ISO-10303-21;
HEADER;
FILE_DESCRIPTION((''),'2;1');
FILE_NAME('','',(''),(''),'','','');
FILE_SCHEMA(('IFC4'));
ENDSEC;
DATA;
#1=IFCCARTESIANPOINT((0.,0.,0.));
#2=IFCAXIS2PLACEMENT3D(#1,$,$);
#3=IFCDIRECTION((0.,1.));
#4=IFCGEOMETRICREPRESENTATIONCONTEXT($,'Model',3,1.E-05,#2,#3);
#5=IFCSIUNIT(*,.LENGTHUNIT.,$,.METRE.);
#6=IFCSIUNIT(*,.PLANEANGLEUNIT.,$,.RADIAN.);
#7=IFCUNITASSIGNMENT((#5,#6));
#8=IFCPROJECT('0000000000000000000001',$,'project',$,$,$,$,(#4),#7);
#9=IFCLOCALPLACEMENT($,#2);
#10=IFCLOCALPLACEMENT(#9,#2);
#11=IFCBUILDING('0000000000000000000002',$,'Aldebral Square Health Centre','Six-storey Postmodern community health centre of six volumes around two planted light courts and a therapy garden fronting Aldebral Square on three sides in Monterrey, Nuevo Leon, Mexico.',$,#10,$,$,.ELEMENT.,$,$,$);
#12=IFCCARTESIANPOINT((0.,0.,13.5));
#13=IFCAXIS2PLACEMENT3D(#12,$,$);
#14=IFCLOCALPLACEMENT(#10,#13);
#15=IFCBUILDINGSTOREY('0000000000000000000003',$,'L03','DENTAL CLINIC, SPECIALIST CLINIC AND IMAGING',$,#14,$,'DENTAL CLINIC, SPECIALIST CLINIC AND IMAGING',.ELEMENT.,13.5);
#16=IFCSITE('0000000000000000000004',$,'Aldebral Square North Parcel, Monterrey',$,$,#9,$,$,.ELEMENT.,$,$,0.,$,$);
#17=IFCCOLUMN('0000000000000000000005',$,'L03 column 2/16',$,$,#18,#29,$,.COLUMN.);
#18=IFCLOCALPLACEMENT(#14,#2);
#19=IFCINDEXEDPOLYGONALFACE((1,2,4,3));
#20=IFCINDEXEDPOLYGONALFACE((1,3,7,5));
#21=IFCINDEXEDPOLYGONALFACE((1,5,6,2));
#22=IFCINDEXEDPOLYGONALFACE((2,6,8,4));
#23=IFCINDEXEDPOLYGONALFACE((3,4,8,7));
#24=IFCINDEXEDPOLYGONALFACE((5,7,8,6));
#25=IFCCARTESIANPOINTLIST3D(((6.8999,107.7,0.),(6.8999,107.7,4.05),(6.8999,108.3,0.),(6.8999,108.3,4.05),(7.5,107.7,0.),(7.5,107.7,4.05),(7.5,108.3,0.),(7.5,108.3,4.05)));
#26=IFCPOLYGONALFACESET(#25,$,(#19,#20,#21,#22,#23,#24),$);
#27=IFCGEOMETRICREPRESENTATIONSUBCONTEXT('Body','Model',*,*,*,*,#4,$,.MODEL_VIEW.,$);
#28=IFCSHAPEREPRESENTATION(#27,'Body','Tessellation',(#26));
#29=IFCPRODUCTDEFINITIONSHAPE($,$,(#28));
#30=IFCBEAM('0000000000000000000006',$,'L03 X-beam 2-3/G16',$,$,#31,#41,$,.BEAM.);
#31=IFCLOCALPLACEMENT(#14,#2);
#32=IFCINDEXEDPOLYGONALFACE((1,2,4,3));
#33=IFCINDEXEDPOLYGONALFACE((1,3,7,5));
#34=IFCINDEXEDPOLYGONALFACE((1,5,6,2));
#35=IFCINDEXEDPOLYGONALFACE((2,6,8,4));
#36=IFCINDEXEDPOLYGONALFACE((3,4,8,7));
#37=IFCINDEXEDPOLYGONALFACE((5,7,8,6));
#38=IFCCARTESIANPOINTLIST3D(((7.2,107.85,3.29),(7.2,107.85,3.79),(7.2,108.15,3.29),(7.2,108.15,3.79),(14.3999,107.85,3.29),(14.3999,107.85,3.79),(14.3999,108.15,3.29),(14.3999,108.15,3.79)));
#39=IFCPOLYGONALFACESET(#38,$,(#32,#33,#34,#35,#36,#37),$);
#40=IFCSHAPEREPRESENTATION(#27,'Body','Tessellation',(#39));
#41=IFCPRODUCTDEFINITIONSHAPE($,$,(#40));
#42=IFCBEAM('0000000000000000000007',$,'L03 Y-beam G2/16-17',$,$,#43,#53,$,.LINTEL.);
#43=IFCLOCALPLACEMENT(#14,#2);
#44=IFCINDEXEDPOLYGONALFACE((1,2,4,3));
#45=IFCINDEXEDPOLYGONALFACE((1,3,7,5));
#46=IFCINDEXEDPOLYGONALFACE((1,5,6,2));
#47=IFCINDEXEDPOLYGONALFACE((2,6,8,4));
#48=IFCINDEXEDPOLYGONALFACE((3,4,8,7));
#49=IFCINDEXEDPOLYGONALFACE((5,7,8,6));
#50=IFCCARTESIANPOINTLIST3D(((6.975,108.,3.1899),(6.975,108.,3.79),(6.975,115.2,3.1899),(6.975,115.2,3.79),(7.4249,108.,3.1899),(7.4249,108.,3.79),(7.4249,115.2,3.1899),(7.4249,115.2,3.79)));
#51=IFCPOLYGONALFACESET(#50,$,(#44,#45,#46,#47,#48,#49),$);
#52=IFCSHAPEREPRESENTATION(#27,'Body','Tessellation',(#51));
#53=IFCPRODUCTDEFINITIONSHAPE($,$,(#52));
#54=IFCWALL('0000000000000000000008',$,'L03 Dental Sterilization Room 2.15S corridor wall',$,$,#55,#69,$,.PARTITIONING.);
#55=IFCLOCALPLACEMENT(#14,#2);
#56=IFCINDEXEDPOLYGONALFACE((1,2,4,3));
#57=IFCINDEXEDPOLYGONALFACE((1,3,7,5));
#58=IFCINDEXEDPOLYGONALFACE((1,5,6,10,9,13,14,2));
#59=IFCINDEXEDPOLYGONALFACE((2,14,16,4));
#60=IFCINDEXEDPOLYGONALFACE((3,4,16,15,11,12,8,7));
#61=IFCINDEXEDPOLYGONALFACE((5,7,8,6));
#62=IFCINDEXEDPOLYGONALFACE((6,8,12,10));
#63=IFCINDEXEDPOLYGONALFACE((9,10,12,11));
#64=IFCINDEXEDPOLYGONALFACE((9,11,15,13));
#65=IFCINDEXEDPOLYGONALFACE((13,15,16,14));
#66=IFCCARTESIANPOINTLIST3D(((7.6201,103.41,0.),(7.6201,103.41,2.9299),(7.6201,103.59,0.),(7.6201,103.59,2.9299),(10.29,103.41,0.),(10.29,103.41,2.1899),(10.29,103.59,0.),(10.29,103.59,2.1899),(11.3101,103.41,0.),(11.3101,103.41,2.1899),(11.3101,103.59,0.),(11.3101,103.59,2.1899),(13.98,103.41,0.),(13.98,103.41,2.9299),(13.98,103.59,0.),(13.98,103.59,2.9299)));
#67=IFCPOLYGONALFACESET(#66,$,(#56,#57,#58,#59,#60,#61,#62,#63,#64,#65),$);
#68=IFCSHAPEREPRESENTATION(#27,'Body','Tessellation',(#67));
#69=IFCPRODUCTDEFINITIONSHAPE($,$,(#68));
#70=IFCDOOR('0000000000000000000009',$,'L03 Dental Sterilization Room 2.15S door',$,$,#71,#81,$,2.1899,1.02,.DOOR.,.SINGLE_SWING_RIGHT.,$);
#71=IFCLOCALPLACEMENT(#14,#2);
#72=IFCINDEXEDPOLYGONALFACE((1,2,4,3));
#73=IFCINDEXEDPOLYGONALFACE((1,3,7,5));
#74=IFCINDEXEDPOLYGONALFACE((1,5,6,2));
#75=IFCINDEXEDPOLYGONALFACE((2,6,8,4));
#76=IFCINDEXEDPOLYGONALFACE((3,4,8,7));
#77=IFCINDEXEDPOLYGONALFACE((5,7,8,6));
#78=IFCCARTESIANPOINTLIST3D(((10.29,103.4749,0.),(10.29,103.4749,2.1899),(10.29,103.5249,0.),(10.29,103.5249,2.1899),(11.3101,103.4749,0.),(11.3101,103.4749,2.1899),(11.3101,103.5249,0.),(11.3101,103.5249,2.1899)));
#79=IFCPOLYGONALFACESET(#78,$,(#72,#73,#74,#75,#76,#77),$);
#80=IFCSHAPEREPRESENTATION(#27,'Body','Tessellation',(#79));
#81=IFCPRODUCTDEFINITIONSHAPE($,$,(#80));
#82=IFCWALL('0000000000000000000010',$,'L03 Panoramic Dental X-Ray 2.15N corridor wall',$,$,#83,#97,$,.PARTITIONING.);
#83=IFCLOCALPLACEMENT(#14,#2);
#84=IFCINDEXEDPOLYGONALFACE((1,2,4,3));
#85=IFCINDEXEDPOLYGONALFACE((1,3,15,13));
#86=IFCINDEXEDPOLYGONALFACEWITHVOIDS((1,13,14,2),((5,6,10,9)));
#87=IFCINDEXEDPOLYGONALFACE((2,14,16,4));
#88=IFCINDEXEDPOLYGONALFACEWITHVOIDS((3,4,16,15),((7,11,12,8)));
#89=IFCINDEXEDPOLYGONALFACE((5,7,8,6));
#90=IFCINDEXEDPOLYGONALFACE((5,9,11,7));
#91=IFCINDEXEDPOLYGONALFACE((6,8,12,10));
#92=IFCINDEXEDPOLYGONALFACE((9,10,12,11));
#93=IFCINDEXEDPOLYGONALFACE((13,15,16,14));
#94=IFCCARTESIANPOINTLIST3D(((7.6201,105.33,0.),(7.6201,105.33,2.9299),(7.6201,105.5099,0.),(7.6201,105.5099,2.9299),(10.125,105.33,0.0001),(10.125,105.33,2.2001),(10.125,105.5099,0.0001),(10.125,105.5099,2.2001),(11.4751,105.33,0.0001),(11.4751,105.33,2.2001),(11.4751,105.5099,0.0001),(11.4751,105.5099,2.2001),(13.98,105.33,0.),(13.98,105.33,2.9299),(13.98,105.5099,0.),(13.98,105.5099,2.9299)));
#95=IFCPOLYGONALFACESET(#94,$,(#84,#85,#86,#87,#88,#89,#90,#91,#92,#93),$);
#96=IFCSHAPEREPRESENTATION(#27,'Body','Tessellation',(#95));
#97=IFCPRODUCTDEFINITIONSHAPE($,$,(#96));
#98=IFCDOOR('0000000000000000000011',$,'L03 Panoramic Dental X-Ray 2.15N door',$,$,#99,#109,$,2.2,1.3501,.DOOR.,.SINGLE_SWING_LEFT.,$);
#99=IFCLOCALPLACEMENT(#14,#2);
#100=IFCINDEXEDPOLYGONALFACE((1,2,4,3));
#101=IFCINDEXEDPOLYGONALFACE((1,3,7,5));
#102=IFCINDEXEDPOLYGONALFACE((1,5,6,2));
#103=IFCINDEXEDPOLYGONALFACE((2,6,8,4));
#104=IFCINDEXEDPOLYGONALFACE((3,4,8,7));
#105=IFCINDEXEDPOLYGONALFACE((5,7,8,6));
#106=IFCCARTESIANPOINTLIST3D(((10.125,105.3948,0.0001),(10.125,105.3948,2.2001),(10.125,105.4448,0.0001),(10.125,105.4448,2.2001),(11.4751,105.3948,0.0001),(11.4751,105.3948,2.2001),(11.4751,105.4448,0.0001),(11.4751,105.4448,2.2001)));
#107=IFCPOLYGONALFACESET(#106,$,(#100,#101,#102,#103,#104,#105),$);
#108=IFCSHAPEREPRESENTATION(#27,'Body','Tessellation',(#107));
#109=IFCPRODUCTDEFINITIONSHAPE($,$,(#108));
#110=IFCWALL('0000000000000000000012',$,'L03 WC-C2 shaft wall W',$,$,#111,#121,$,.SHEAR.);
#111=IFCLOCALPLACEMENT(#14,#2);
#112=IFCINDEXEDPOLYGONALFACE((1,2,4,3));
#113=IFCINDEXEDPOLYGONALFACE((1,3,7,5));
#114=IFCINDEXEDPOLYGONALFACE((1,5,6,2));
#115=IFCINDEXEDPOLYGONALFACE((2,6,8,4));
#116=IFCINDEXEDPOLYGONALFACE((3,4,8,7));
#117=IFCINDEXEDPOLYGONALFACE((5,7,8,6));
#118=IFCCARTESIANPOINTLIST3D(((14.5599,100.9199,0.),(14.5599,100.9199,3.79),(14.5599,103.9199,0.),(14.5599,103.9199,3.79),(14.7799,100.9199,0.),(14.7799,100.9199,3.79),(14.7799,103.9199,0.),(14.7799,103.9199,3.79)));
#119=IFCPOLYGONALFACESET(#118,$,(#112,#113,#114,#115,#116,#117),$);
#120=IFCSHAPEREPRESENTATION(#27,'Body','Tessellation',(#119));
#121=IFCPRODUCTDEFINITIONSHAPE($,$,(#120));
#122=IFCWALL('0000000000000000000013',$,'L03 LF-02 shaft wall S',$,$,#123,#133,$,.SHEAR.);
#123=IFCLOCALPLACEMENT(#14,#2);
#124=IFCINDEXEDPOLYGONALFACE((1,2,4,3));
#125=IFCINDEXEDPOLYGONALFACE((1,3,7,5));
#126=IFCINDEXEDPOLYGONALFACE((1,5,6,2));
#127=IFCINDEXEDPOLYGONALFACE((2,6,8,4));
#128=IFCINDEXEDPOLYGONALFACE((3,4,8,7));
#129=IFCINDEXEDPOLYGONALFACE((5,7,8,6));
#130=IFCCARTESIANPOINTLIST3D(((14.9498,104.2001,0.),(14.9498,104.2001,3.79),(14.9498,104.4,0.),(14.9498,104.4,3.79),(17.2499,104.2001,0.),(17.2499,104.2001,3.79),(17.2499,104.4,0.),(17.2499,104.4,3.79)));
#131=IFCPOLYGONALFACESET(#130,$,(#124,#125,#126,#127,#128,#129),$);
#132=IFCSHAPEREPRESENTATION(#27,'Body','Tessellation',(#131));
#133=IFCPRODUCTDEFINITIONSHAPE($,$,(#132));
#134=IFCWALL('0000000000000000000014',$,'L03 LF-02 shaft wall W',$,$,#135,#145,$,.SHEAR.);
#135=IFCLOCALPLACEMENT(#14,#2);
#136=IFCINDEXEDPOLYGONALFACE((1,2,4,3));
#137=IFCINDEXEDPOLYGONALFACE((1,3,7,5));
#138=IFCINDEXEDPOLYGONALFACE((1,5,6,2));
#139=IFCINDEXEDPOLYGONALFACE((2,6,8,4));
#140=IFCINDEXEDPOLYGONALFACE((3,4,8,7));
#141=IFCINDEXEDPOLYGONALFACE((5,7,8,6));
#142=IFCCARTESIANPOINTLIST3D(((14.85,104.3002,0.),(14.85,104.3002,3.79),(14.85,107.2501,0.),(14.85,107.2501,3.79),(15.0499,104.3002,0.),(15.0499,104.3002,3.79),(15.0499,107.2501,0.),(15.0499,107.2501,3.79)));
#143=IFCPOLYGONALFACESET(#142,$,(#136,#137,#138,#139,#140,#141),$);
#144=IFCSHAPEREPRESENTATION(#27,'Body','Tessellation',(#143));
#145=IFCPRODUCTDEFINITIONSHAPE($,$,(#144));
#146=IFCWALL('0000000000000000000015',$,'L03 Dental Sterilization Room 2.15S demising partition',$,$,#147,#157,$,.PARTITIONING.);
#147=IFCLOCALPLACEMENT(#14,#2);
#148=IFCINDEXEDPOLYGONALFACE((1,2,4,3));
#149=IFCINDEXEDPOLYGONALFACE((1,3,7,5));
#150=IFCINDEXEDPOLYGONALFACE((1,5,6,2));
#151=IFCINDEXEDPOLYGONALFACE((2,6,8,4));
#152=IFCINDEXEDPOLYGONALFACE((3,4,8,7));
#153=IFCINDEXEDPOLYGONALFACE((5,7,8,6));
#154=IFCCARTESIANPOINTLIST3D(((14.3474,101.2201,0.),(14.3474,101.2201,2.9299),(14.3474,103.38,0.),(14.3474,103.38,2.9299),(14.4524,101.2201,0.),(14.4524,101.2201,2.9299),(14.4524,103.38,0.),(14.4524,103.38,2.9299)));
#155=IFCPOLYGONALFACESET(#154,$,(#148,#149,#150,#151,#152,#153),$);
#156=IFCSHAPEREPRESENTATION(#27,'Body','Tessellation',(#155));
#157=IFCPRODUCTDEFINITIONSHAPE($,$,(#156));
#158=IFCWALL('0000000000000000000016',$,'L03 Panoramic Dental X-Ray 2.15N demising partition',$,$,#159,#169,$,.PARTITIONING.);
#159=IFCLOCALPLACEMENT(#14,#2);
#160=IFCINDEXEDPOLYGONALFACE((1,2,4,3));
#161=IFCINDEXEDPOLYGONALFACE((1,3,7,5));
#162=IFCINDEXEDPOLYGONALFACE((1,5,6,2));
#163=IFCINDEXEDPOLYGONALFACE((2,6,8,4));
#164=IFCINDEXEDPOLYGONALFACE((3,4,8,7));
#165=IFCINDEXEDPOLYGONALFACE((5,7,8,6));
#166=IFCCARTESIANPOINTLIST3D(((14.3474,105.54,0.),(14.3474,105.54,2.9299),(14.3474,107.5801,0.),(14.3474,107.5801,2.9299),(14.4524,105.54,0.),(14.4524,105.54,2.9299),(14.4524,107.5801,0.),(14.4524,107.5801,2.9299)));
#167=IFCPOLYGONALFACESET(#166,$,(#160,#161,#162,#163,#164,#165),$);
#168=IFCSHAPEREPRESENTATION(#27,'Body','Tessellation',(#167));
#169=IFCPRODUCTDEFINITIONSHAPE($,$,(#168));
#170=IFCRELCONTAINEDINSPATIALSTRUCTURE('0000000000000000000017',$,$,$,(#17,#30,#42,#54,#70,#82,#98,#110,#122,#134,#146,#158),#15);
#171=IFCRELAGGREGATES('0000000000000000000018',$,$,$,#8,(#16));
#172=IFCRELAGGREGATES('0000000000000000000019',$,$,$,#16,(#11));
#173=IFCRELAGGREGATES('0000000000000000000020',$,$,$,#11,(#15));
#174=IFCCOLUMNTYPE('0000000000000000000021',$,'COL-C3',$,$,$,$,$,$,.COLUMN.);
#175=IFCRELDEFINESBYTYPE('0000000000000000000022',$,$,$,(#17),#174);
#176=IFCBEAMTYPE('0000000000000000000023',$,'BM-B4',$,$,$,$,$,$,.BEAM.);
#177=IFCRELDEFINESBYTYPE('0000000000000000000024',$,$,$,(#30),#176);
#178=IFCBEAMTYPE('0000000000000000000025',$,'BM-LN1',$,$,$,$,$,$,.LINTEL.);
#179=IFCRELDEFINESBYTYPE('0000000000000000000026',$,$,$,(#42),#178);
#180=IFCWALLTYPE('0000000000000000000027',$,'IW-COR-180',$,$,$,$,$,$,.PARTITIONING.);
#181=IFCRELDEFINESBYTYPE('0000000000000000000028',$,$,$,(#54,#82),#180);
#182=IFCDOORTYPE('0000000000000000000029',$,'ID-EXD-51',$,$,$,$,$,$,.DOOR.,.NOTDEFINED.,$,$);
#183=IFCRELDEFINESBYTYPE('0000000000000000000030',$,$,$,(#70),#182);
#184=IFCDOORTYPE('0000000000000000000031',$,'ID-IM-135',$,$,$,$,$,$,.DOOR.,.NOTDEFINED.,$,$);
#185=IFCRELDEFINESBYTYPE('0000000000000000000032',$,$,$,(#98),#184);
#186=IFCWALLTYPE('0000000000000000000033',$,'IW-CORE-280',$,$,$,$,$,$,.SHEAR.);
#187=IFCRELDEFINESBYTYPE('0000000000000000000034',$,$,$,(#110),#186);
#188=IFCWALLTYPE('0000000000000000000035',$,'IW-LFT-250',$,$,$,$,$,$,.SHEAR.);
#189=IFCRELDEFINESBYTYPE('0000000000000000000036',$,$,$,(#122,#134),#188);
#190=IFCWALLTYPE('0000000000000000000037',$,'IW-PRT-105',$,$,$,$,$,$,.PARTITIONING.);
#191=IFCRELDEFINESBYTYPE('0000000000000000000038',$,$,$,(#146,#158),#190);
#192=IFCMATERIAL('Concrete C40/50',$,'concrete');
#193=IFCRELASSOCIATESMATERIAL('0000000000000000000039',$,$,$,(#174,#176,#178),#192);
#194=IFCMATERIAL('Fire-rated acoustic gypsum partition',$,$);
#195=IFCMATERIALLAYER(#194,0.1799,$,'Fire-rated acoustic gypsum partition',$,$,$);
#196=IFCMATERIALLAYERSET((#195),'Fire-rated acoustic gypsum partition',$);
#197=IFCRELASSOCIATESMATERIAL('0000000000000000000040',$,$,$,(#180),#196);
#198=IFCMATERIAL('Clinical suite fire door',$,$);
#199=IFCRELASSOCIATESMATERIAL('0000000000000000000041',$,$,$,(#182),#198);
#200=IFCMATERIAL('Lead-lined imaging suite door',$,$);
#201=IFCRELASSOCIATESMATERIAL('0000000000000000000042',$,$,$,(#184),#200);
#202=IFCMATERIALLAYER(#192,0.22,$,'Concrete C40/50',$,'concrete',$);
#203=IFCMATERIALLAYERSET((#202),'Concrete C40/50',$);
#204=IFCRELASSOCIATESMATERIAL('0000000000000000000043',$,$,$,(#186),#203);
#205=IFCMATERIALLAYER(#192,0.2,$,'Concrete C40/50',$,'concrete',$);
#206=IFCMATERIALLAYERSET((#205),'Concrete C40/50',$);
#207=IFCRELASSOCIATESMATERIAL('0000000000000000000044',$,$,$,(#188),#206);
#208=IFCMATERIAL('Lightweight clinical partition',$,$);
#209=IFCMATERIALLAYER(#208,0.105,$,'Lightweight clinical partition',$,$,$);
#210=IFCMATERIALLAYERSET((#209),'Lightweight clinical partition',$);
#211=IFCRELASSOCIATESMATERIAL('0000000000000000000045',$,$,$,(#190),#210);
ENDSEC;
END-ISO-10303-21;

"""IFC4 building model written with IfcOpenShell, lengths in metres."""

from ifc_helpers import new_model, si_unit, direction, frame, frame_2d, origin, origin_2d, place, context, subcontext, project, spatial, rectangle, extrude, material, layer, layer_set, material_profile, profile_set, type_object, element, fill, save


model = new_model("IFC4")

# Units and contexts
model_context = context("Model", 3, precision=1e-05, world=origin(), true_north=direction((0.0, 1.0)))
body_context = subcontext(model_context, "Body", "Model", "MODEL_VIEW")
ifc_project = project(units=[si_unit("LENGTHUNIT", "METRE"), si_unit("PLANEANGLEUNIT", "RADIAN")], contexts=[model_context])

# Site, building, storey
site_placement = place(None, origin())
site = spatial("IfcSite", under=ifc_project, at=site_placement, Name="Aldebral Square North Parcel, Monterrey", CompositionType="ELEMENT", RefElevation=0.0)
building_placement = place(site_placement, origin())
building = spatial("IfcBuilding", under=site, at=building_placement, Name="Aldebral Square Health Centre", Description="Six-storey Postmodern community health centre of six volumes around two planted light courts and a therapy garden fronting Aldebral Square on three sides in Monterrey, Nuevo Leon, Mexico.", CompositionType="ELEMENT")
storey_placement = place(building_placement, frame((0.0, 0.0, 13.5)))
storey = spatial("IfcBuildingStorey", under=building, at=storey_placement, Name="L03", Description="DENTAL CLINIC, SPECIALIST CLINIC AND IMAGING", LongName="DENTAL CLINIC, SPECIALIST CLINIC AND IMAGING", CompositionType="ELEMENT", Elevation=13.5)

# Column
ifc_material_1 = material(Name="Concrete C40/50", Category="concrete")
ifc_material_profile_1 = material_profile(ifc_material_1, rectangle(XDim=0.6001, YDim=0.6001, at=origin_2d()), Name="RC 600x600")
ifc_profile_set_1 = profile_set([ifc_material_profile_1], Name="Concrete C40/50")
column_type = type_object("IfcColumnType", Name="COL-C3", PredefinedType="COLUMN", material=ifc_profile_set_1)
column_placement = place(storey_placement, frame((7.2, 108.0, 0.0), z_axis=(0.0, 0.0, 1.0), x_axis=(1.0, 0.0, 0.0)))
element("IfcColumn", 1, at=column_placement, inside=storey, type_object=column_type, Name="L03 column 2/16", PredefinedType="COLUMN", context=body_context, shape_type="SweptSolid", body=[
    extrude(rectangle(XDim=0.6001, YDim=0.6001, at=origin_2d()), origin(), (0.0, 0.0, 1.0), 4.05),
])

# Beams
ifc_material_profile_2 = material_profile(ifc_material_1, rectangle(XDim=0.3, YDim=0.5, at=origin_2d()), Name="RC 300x500")
ifc_profile_set_2 = profile_set([ifc_material_profile_2], Name="Concrete C40/50")
beam_type_1 = type_object("IfcBeamType", Name="BM-B4", PredefinedType="BEAM", material=ifc_profile_set_2)
beam_1_placement = place(storey_placement, frame((7.2, 108.0, 3.54), z_axis=(1.0, 0.0, 0.0), x_axis=(0.0, 1.0, 0.0)))
element("IfcBeam", 2, at=beam_1_placement, inside=storey, type_object=beam_type_1, Name="L03 X-beam 2-3/G16", PredefinedType="BEAM", context=body_context, shape_type="SweptSolid", body=[
    extrude(rectangle(XDim=0.3, YDim=0.5, at=origin_2d()), origin(), (0.0, 0.0, 1.0), 7.2),
])
ifc_material_profile_3 = material_profile(ifc_material_1, rectangle(XDim=0.45, YDim=0.6001, at=origin_2d()), Name="RC 450x600")
ifc_profile_set_3 = profile_set([ifc_material_profile_3], Name="Concrete C40/50")
beam_type_2 = type_object("IfcBeamType", Name="BM-LN1", PredefinedType="LINTEL", material=ifc_profile_set_3)
beam_2_placement = place(storey_placement, frame((7.2, 108.0, 3.49), z_axis=(0.0, 1.0, 0.0), x_axis=(-1.0, 0.0, 0.0)))
element("IfcBeam", 3, at=beam_2_placement, inside=storey, type_object=beam_type_2, Name="L03 Y-beam G2/16-17", PredefinedType="LINTEL", context=body_context, shape_type="SweptSolid", body=[
    extrude(rectangle(XDim=0.45, YDim=0.6001, at=origin_2d()), origin(), (0.0, 0.0, 1.0), 7.2),
])

# Walls, openings, doors
ifc_material_2 = material(Name="Fire-rated acoustic gypsum partition")
ifc_layer_1 = layer(ifc_material_2, 0.1799, Name="Fire-rated acoustic gypsum partition")
ifc_layer_set_1 = layer_set([ifc_layer_1], Name="Fire-rated acoustic gypsum partition")
wall_type_1 = type_object("IfcWallType", Name="IW-COR-180", PredefinedType="PARTITIONING", material=ifc_layer_set_1)
wall_1_placement = place(storey_placement, frame((7.6201, 103.5, 0.0), z_axis=(0.0, 0.0, 1.0), x_axis=(1.0, 0.0, 0.0)))
wall_1 = element("IfcWall", 4, at=wall_1_placement, inside=storey, type_object=wall_type_1, Name="L03 Dental Sterilization Room 2.15S corridor wall", PredefinedType="PARTITIONING", context=body_context, shape_type="SweptSolid", body=[
    extrude(rectangle(XDim=6.3599, YDim=0.1799, at=frame_2d((3.1799, 0.0))), origin(), (0.0, 0.0, 1.0), 2.9299),
])
opening_1_placement = place(wall_1_placement, frame((2.6699, 0.0, 0.0)))
opening_1 = element("IfcOpeningElement", 5, at=opening_1_placement, cuts=wall_1, PredefinedType="OPENING", context=body_context, shape_type="SweptSolid", body=[
    extrude(rectangle(XDim=1.02, YDim=2.1899, at=frame_2d((0.51, 1.095))), frame((0.0, 0.1001, 0.0), z_axis=(0.0, -1.0, 0.0), x_axis=(1.0, 0.0, 0.0)), (0.0, 0.0, 1.0), 0.2),
])
ifc_material_3 = material(Name="Clinical suite fire door")
door_type_1 = type_object("IfcDoorType", Name="ID-EXD-51", OperationType="NOTDEFINED", PredefinedType="DOOR", material=ifc_material_3)
door_1_placement = place(opening_1_placement, origin())
door_1 = element("IfcDoor", 6, at=door_1_placement, inside=storey, type_object=door_type_1, Name="L03 Dental Sterilization Room 2.15S door", OperationType="SINGLE_SWING_RIGHT", OverallHeight=2.1899, OverallWidth=1.02, PredefinedType="DOOR", context=body_context, shape_type="SweptSolid", body=[
    extrude(rectangle(XDim=1.02, YDim=2.1899, at=frame_2d((0.51, 1.095))), frame((0.0, 0.0249, 0.0), z_axis=(0.0, -1.0, 0.0), x_axis=(1.0, 0.0, 0.0)), (0.0, 0.0, 1.0), 0.05),
])
fill(opening_1, door_1)
wall_2_placement = place(storey_placement, frame((7.6201, 105.4199, 0.0), z_axis=(0.0, 0.0, 1.0), x_axis=(1.0, 0.0, 0.0)))
wall_2 = element("IfcWall", 7, at=wall_2_placement, inside=storey, type_object=wall_type_1, Name="L03 Panoramic Dental X-Ray 2.15N corridor wall", PredefinedType="PARTITIONING", context=body_context, shape_type="SweptSolid", body=[
    extrude(rectangle(XDim=6.3599, YDim=0.1799, at=frame_2d((3.1799, 0.0))), origin(), (0.0, 0.0, 1.0), 2.9299),
])
opening_2_placement = place(wall_2_placement, frame((2.5049, 0.0, 0.0)))
opening_2 = element("IfcOpeningElement", 8, at=opening_2_placement, cuts=wall_2, PredefinedType="OPENING", context=body_context, shape_type="SweptSolid", body=[
    extrude(rectangle(XDim=1.3501, YDim=2.2, at=frame_2d((0.675, 1.1001))), frame((0.0, 0.1001, 0.0), z_axis=(0.0, -1.0, 0.0), x_axis=(1.0, 0.0, 0.0)), (0.0, 0.0, 1.0), 0.2),
])
ifc_material_4 = material(Name="Lead-lined imaging suite door")
door_type_2 = type_object("IfcDoorType", Name="ID-IM-135", OperationType="NOTDEFINED", PredefinedType="DOOR", material=ifc_material_4)
door_2_placement = place(opening_2_placement, origin())
door_2 = element("IfcDoor", 9, at=door_2_placement, inside=storey, type_object=door_type_2, Name="L03 Panoramic Dental X-Ray 2.15N door", OperationType="SINGLE_SWING_LEFT", OverallHeight=2.2, OverallWidth=1.3501, PredefinedType="DOOR", context=body_context, shape_type="SweptSolid", body=[
    extrude(rectangle(XDim=1.3501, YDim=2.2, at=frame_2d((0.675, 1.1001))), frame((0.0, 0.0249, 0.0), z_axis=(0.0, -1.0, 0.0), x_axis=(1.0, 0.0, 0.0)), (0.0, 0.0, 1.0), 0.05),
])
fill(opening_2, door_2)
ifc_layer_2 = layer(ifc_material_1, 0.22, Name="Concrete C40/50", Category="concrete")
ifc_layer_set_2 = layer_set([ifc_layer_2], Name="Concrete C40/50")
wall_type_2 = type_object("IfcWallType", Name="IW-CORE-280", PredefinedType="SHEAR", material=ifc_layer_set_2)

# Walls
wall_3_placement = place(storey_placement, frame((14.6699, 100.9199, 0.0), z_axis=(0.0, 0.0, 1.0), x_axis=(0.0, 1.0, 0.0)))
element("IfcWall", 10, at=wall_3_placement, inside=storey, type_object=wall_type_2, Name="L03 WC-C2 shaft wall W", PredefinedType="SHEAR", context=body_context, shape_type="SweptSolid", body=[
    extrude(rectangle(XDim=3.0, YDim=0.22, at=frame_2d((1.5, 0.0))), origin(), (0.0, 0.0, 1.0), 3.79),
])
ifc_layer_3 = layer(ifc_material_1, 0.2, Name="Concrete C40/50", Category="concrete")
ifc_layer_set_3 = layer_set([ifc_layer_3], Name="Concrete C40/50")
wall_type_3 = type_object("IfcWallType", Name="IW-LFT-250", PredefinedType="SHEAR", material=ifc_layer_set_3)
wall_4_placement = place(storey_placement, frame((14.95, 104.3, 0.0), z_axis=(0.0, 0.0, 1.0), x_axis=(1.0, 0.0, 0.0)))
element("IfcWall", 11, at=wall_4_placement, inside=storey, type_object=wall_type_3, Name="L03 LF-02 shaft wall S", PredefinedType="SHEAR", context=body_context, shape_type="SweptSolid", body=[
    extrude(rectangle(XDim=2.3, YDim=0.2, at=frame_2d((1.1499, 0.0))), origin(), (0.0, 0.0, 1.0), 3.79),
])
wall_5_placement = place(storey_placement, frame((14.95, 104.3, 0.0), z_axis=(0.0, 0.0, 1.0), x_axis=(0.0, 1.0, 0.0)))
element("IfcWall", 12, at=wall_5_placement, inside=storey, type_object=wall_type_3, Name="L03 LF-02 shaft wall W", PredefinedType="SHEAR", context=body_context, shape_type="SweptSolid", body=[
    extrude(rectangle(XDim=2.95, YDim=0.2, at=frame_2d((1.4751, 0.0))), origin(), (0.0, 0.0, 1.0), 3.79),
])
ifc_material_5 = material(Name="Lightweight clinical partition")
ifc_layer_4 = layer(ifc_material_5, 0.105, Name="Lightweight clinical partition")
ifc_layer_set_4 = layer_set([ifc_layer_4], Name="Lightweight clinical partition")
wall_type_4 = type_object("IfcWallType", Name="IW-PRT-105", PredefinedType="PARTITIONING", material=ifc_layer_set_4)
wall_6_placement = place(storey_placement, frame((14.3999, 101.22, 0.0), z_axis=(0.0, 0.0, 1.0), x_axis=(0.0, 1.0, 0.0)))
element("IfcWall", 13, at=wall_6_placement, inside=storey, type_object=wall_type_4, Name="L03 Dental Sterilization Room 2.15S demising partition", PredefinedType="PARTITIONING", context=body_context, shape_type="SweptSolid", body=[
    extrude(rectangle(XDim=2.1599, YDim=0.105, at=frame_2d((1.0801, 0.0))), origin(), (0.0, 0.0, 1.0), 2.9299),
])
wall_7_placement = place(storey_placement, frame((14.3999, 105.54, 0.0), z_axis=(0.0, 0.0, 1.0), x_axis=(0.0, 1.0, 0.0)))
element("IfcWall", 14, at=wall_7_placement, inside=storey, type_object=wall_type_4, Name="L03 Panoramic Dental X-Ray 2.15N demising partition", PredefinedType="PARTITIONING", context=body_context, shape_type="SweptSolid", body=[
    extrude(rectangle(XDim=2.04, YDim=0.105, at=frame_2d((1.02, 0.0))), origin(), (0.0, 0.0, 1.0), 2.9299),
])

save(model, "model.ifc")
